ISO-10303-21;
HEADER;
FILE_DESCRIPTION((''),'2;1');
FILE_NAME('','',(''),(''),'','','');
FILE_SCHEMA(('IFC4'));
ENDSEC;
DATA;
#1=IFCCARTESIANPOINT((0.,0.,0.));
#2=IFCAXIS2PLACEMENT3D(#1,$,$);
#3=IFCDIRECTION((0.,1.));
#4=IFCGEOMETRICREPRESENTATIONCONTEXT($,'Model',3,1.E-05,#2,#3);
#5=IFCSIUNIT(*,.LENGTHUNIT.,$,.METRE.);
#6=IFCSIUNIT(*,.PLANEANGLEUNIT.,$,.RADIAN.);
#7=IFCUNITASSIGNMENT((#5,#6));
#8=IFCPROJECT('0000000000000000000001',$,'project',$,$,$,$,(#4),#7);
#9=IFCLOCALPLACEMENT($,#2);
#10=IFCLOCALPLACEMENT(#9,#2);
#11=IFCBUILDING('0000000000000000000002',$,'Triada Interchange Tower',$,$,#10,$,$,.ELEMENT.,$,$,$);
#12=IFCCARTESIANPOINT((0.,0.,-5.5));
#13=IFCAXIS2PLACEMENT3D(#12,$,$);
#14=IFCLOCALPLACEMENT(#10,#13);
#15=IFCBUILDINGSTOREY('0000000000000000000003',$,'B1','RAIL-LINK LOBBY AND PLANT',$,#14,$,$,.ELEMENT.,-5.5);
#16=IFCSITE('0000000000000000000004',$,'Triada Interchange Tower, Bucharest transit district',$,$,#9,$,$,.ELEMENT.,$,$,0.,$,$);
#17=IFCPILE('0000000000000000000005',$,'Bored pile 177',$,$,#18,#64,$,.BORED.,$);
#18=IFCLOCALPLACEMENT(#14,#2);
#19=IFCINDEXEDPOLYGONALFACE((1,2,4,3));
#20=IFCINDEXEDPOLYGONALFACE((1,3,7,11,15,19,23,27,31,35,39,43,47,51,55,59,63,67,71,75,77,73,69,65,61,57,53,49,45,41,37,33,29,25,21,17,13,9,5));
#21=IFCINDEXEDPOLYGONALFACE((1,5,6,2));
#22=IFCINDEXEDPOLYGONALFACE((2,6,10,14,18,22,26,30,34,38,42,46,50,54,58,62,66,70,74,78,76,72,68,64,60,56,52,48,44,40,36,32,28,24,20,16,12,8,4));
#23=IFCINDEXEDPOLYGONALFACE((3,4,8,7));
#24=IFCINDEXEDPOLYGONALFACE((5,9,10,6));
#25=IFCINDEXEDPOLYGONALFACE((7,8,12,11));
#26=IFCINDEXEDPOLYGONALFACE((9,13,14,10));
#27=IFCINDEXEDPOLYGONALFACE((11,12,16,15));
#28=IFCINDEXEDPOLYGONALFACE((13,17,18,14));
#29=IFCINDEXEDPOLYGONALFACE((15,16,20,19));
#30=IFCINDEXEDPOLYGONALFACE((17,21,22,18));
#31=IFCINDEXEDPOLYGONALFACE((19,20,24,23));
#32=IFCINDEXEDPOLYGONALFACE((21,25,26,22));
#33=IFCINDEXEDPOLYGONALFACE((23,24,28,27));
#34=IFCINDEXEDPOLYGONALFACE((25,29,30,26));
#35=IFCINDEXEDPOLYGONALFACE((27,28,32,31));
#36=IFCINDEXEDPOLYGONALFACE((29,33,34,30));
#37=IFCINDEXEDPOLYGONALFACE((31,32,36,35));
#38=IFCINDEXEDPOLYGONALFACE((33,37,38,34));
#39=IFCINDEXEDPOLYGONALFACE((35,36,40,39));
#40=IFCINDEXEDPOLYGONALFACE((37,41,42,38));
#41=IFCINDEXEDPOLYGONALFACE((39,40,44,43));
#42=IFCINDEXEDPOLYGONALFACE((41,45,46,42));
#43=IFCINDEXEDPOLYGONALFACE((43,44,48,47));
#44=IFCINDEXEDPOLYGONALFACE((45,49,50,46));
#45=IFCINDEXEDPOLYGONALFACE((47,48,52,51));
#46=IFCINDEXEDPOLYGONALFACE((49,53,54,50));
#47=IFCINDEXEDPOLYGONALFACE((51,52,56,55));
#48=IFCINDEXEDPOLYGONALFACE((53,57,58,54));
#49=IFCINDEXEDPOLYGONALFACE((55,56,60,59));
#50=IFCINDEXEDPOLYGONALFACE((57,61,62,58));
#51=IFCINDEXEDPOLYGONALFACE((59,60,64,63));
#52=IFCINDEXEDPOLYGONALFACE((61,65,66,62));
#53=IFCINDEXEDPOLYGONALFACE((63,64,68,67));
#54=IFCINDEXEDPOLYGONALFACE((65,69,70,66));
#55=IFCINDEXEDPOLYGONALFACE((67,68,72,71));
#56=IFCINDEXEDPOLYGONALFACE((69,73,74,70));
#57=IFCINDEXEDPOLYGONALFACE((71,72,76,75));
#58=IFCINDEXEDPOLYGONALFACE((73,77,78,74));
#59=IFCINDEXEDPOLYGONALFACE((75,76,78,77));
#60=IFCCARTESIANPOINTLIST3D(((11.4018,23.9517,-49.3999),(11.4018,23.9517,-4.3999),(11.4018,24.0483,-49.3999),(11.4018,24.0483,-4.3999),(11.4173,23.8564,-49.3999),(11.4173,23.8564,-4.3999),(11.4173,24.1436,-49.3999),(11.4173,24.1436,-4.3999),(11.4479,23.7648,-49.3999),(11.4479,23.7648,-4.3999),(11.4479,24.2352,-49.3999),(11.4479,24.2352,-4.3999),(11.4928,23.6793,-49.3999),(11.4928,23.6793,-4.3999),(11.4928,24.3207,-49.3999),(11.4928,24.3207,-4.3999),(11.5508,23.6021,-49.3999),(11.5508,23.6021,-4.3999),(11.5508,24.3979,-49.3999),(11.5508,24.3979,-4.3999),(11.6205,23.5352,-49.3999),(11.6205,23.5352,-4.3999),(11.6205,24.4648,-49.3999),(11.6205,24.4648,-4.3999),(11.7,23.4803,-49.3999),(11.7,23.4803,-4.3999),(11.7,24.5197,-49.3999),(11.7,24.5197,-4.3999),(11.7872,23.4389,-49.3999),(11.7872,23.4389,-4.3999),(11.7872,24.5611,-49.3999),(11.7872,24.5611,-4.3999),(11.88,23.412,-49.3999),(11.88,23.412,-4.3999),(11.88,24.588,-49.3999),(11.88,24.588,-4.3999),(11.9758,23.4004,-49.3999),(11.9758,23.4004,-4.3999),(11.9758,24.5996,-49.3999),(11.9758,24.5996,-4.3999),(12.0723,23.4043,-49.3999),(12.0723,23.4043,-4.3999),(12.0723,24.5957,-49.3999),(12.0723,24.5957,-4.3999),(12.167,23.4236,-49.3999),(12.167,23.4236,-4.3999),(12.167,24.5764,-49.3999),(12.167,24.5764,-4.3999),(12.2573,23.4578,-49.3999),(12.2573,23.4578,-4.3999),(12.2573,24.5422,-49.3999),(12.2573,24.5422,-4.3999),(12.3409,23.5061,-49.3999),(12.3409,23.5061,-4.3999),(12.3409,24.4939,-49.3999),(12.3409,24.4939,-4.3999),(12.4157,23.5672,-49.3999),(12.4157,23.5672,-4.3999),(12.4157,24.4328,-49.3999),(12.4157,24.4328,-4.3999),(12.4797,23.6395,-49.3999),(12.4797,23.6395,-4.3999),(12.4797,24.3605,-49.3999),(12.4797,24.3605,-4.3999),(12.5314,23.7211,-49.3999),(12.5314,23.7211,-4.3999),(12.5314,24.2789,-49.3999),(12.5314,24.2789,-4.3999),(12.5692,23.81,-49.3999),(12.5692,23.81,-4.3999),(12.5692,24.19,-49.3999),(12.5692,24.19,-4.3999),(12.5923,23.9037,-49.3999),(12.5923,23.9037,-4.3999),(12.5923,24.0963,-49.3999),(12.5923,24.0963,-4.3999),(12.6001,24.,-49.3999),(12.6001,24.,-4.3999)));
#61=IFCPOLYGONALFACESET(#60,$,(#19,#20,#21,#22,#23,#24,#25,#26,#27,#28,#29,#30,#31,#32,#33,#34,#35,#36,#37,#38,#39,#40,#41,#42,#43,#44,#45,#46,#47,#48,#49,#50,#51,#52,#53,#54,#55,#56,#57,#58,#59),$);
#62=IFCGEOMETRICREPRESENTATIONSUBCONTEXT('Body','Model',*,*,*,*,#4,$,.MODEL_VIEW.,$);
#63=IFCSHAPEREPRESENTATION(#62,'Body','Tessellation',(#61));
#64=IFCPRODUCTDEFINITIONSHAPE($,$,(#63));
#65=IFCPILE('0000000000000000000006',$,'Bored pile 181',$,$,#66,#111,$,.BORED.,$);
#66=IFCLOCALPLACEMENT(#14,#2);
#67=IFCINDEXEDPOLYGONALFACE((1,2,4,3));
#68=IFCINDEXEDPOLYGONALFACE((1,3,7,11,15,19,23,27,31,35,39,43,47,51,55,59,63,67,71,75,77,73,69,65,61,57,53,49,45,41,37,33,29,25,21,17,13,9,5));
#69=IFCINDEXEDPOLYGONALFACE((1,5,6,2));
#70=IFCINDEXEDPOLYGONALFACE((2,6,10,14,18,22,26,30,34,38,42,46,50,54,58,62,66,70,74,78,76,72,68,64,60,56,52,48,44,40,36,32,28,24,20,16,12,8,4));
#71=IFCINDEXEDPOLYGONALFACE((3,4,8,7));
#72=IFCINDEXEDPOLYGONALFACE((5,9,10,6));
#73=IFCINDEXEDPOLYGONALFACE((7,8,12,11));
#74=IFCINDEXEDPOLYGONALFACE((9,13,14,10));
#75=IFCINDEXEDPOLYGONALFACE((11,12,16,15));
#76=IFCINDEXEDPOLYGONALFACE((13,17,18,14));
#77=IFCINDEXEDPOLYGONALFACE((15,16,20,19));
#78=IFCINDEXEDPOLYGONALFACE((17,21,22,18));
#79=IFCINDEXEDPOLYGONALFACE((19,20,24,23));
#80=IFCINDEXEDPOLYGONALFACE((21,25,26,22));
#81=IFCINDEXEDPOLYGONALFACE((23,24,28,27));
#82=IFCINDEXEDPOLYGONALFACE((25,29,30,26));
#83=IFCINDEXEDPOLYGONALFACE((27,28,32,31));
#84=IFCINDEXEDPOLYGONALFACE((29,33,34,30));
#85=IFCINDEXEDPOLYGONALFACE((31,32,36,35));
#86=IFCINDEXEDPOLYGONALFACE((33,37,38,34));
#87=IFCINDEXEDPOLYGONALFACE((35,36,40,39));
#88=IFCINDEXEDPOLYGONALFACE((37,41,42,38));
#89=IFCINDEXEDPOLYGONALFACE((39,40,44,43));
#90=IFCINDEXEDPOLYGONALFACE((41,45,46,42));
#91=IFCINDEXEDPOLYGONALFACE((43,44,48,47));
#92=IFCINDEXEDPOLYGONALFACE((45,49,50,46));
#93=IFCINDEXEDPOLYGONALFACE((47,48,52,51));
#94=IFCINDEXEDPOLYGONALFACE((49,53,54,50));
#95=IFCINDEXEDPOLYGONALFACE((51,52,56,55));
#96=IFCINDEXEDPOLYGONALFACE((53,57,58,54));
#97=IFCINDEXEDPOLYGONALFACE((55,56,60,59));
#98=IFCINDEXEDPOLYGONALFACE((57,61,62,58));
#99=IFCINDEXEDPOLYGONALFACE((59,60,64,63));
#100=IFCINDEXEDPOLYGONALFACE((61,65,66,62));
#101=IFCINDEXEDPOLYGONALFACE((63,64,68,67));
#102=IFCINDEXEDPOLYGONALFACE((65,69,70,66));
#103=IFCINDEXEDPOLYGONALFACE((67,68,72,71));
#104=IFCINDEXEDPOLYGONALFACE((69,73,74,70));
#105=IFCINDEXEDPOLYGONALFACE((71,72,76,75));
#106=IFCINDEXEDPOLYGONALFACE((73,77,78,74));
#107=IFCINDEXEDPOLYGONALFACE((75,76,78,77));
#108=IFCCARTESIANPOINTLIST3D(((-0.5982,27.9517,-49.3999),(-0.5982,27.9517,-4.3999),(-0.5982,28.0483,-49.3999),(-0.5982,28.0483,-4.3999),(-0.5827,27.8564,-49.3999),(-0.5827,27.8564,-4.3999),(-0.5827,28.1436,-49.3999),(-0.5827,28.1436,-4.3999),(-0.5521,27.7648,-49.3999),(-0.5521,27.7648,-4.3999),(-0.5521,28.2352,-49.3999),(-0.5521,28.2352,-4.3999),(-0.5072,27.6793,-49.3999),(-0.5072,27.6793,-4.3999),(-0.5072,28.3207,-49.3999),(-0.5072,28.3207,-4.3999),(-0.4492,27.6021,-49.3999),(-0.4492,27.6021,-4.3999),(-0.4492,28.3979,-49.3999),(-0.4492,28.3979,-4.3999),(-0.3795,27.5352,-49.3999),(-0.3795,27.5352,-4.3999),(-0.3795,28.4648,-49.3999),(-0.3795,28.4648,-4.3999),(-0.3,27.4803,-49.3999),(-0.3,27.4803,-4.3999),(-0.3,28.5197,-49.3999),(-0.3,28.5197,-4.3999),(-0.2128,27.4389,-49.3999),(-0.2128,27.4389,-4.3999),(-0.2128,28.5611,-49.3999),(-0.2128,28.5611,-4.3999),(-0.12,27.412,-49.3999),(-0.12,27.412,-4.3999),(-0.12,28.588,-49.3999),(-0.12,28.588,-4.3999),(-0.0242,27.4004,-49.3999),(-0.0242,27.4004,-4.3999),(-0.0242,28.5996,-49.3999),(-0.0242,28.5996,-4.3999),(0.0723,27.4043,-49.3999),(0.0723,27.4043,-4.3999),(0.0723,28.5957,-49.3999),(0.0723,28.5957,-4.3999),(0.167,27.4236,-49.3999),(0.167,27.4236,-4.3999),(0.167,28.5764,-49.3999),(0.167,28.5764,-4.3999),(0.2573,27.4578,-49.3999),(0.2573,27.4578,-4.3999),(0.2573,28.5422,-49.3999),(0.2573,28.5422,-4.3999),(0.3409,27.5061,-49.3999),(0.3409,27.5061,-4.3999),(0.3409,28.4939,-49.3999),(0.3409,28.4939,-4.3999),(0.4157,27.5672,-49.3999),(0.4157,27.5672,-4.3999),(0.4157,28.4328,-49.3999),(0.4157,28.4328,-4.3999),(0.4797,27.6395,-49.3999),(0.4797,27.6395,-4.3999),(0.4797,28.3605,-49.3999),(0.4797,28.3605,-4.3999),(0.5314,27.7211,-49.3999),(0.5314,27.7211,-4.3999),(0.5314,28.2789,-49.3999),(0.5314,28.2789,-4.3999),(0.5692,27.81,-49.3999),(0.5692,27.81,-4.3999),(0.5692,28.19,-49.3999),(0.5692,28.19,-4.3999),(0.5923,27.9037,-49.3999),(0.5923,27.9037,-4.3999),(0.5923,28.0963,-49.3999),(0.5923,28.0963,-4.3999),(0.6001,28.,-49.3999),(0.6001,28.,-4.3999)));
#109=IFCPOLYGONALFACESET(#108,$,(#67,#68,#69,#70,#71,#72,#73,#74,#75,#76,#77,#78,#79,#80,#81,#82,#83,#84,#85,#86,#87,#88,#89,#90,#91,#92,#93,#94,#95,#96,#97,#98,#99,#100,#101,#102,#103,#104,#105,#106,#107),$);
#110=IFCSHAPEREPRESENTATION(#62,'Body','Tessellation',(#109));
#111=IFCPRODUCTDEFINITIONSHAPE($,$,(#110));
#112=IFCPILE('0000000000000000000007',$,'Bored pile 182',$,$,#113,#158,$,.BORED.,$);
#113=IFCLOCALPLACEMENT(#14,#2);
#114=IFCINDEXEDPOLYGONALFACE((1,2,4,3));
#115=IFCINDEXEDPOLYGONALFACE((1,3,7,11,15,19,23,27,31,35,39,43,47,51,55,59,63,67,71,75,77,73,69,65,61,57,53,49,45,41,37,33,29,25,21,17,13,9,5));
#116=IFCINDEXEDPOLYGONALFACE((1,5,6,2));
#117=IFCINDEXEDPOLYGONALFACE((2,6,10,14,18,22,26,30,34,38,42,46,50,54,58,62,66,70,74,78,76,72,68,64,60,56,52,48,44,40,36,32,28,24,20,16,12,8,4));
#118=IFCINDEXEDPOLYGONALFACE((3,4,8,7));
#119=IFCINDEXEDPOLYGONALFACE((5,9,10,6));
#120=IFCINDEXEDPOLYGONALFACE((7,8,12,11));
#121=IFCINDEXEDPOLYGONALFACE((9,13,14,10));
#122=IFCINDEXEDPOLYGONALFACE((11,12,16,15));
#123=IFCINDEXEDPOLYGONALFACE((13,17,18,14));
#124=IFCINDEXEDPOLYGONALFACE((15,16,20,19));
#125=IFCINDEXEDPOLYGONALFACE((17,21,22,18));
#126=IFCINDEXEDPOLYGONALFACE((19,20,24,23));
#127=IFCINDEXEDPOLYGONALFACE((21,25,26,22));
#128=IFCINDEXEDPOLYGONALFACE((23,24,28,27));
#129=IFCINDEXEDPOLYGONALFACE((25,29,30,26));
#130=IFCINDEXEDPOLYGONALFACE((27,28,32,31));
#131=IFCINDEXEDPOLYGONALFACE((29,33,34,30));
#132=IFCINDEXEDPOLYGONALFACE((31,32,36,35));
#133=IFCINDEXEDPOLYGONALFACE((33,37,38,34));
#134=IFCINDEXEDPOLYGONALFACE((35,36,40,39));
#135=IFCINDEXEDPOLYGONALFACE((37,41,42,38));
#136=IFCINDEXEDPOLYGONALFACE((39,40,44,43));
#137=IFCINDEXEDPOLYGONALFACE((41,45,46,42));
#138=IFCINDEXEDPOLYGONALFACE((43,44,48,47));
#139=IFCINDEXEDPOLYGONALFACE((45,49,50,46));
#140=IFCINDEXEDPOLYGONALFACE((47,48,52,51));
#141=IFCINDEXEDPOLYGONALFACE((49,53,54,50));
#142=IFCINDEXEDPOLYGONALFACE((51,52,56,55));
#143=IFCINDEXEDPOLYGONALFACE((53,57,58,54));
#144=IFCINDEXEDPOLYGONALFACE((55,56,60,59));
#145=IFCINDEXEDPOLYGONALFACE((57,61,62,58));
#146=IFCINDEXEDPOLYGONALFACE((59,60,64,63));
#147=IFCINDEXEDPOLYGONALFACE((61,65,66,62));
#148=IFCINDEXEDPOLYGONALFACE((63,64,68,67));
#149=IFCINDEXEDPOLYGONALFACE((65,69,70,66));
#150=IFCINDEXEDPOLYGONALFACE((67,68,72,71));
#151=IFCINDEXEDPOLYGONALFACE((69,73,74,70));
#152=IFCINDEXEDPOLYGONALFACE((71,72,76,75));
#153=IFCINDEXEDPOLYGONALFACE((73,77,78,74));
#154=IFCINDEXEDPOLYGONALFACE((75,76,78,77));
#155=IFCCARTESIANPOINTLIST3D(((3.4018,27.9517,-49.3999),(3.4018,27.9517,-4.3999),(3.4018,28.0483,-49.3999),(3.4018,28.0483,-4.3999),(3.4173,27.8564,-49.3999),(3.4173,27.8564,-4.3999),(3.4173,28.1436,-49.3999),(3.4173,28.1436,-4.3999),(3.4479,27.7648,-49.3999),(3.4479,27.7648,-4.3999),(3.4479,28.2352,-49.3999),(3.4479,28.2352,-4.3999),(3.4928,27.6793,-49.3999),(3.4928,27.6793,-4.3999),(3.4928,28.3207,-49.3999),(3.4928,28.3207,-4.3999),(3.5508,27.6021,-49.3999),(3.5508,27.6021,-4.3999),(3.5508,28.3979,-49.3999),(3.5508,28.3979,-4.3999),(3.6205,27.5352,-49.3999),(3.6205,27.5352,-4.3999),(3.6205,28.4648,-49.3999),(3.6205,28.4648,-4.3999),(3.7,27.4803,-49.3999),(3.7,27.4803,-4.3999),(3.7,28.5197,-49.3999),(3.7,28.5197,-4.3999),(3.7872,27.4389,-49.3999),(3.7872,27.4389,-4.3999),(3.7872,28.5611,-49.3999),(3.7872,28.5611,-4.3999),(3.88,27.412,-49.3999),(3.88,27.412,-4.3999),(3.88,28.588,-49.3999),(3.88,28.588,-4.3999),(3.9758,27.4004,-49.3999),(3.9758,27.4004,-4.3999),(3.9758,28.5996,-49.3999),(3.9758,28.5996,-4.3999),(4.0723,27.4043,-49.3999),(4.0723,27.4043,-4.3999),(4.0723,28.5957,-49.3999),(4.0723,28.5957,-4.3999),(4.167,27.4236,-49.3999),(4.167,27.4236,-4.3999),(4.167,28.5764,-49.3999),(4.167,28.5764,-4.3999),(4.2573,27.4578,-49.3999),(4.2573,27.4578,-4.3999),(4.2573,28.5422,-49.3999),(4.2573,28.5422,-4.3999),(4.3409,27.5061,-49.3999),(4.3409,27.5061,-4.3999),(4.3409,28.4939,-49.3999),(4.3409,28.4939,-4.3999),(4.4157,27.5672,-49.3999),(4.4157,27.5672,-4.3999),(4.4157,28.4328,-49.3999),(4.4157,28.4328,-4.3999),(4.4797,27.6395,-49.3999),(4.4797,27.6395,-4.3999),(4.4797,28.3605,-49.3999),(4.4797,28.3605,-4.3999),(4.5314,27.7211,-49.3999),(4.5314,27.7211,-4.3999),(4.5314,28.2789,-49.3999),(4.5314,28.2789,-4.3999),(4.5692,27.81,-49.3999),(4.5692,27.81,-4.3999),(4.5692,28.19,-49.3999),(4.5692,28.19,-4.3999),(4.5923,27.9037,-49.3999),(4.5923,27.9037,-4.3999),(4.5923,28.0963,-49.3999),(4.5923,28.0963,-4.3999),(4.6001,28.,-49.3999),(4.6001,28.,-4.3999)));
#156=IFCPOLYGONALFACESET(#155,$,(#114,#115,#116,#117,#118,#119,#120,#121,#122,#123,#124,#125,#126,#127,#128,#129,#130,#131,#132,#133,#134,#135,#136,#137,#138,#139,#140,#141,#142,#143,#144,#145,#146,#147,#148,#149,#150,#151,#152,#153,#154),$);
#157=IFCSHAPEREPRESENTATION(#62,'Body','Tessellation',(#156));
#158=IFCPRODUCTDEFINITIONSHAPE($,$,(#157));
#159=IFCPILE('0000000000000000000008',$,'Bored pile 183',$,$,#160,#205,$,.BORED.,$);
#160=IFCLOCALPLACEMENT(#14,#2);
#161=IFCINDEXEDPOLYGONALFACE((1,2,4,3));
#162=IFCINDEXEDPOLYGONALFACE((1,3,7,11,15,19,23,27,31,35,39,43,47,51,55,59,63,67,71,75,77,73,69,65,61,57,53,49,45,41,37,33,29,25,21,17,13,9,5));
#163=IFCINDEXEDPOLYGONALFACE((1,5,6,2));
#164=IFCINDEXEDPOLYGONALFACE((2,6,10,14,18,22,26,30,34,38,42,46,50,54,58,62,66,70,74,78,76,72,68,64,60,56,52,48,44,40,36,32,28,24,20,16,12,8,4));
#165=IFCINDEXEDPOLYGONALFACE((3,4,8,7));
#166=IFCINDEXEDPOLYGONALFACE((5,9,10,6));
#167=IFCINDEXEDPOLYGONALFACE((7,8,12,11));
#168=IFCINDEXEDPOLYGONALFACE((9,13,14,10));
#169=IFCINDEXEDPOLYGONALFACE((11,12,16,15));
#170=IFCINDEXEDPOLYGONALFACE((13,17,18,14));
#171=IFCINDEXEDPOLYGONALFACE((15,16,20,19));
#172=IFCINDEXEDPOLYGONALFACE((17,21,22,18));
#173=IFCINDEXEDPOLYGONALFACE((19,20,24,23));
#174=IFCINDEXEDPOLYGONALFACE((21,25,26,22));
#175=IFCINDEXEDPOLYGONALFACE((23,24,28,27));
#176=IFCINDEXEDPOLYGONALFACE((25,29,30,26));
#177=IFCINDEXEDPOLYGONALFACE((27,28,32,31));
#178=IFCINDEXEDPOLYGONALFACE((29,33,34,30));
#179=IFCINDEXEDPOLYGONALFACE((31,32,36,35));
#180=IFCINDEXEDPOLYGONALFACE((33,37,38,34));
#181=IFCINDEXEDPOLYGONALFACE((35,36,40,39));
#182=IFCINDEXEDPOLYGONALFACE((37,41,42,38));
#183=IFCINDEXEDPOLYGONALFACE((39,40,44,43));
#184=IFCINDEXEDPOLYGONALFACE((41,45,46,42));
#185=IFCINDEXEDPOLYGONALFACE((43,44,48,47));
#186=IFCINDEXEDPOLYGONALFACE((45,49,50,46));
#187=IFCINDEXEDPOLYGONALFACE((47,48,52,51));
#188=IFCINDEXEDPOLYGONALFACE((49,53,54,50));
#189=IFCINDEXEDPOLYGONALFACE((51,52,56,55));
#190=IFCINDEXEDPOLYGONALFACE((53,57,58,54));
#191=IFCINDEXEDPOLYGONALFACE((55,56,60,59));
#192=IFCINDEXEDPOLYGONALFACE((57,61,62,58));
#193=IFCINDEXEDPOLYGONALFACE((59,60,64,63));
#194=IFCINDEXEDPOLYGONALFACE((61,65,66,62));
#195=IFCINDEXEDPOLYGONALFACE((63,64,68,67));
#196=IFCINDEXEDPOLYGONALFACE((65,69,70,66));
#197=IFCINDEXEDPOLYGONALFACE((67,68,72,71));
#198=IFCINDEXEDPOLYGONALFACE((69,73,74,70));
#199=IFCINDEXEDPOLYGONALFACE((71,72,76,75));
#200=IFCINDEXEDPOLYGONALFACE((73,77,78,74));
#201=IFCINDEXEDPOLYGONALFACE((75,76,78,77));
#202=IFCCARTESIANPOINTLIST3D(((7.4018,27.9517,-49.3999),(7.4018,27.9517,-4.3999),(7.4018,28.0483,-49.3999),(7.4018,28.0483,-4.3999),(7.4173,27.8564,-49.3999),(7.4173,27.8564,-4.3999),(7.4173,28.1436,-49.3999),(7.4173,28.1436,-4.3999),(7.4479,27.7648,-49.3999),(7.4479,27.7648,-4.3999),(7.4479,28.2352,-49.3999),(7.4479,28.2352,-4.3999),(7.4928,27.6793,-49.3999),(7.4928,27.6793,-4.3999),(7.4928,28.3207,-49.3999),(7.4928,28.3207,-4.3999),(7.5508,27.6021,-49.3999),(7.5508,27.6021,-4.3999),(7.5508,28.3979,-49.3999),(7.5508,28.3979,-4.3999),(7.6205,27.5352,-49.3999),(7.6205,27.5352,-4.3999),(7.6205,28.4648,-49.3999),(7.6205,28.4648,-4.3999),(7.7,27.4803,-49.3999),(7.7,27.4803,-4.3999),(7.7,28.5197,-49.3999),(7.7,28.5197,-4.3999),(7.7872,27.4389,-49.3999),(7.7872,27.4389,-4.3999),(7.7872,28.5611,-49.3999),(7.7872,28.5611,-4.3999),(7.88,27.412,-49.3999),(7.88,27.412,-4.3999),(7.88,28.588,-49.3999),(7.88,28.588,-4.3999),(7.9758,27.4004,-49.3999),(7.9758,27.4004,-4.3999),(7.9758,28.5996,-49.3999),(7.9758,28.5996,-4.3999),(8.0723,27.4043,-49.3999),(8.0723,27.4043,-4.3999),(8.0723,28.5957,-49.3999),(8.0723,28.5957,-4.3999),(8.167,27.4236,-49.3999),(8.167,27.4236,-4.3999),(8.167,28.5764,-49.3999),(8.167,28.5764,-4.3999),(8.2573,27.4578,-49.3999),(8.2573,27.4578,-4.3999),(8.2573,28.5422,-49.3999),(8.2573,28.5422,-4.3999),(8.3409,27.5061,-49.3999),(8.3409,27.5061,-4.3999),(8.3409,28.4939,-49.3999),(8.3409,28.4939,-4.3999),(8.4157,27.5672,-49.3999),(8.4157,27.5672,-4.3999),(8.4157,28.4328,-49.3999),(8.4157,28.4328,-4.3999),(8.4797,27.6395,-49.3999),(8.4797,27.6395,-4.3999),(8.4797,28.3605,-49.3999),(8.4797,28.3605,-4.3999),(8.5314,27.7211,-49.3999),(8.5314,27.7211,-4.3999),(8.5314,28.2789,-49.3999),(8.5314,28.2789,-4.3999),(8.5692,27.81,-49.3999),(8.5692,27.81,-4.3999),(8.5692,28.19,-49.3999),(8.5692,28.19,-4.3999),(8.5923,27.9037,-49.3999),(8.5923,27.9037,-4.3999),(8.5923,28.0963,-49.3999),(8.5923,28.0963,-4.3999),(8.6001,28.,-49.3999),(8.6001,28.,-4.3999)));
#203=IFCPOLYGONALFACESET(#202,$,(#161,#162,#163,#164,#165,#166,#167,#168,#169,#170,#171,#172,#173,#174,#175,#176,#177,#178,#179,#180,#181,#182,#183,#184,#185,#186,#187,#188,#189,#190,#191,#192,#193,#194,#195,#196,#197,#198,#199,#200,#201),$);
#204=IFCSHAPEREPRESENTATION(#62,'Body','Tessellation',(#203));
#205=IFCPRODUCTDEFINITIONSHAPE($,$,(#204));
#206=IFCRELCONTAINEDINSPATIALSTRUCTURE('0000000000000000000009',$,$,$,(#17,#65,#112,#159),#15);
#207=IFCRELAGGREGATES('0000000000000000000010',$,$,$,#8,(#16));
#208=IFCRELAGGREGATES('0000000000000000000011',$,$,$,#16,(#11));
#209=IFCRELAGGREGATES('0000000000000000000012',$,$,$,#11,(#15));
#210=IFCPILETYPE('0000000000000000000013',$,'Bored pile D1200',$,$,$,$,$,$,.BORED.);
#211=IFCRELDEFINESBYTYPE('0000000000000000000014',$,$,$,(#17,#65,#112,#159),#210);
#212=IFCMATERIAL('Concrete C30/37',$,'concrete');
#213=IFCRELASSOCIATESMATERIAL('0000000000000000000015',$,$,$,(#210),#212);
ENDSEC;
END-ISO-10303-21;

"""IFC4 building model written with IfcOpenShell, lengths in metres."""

from ifc_helpers import new_model, si_unit, direction, frame, origin, origin_2d, place, context, subcontext, project, spatial, circle, extrude, material, material_profile, profile_set, type_object, element, save


model = new_model("IFC4")

# Units and contexts
model_context = context("Model", 3, precision=1e-05, world=origin(), true_north=direction((0.0, 1.0)))
body_context = subcontext(model_context, "Body", "Model", "MODEL_VIEW")
ifc_project = project(units=[si_unit("LENGTHUNIT", "METRE"), si_unit("PLANEANGLEUNIT", "RADIAN")], contexts=[model_context])

# Site, building, storey
site_placement = place(None, origin())
site = spatial("IfcSite", under=ifc_project, at=site_placement, Name="Triada Interchange Tower, Bucharest transit district", CompositionType="ELEMENT", RefElevation=0.0)
building_placement = place(site_placement, origin())
building = spatial("IfcBuilding", under=site, at=building_placement, Name="Triada Interchange Tower", CompositionType="ELEMENT")
storey_placement = place(building_placement, frame((0.0, 0.0, -5.5)))
storey = spatial("IfcBuildingStorey", under=building, at=storey_placement, Name="B1", Description="RAIL-LINK LOBBY AND PLANT", CompositionType="ELEMENT", Elevation=-5.5)

# Piles
ifc_material_1 = material(Name="Concrete C30/37", Category="concrete")
ifc_material_profile_1 = material_profile(ifc_material_1, circle(Radius=0.6001, at=origin_2d()), Name="RC D1200")
ifc_profile_set_1 = profile_set([ifc_material_profile_1], Name="Concrete C30/37")
pile_type = type_object("IfcPileType", Name="Bored pile D1200", PredefinedType="BORED", material=ifc_profile_set_1)
for number, where, z_axis, x_axis, name in (
    (1, (12.0, 24.0, -4.3999), (0.0, 0.0, -1.0), (1.0, 0.0, 0.0), "Bored pile 177"),
    (2, (0.0, 28.0, -4.3999), (0.0, 0.0, -1.0), (1.0, 0.0, 0.0), "Bored pile 181"),
    (3, (4.0, 28.0, -4.3999), (0.0, 0.0, -1.0), (1.0, 0.0, 0.0), "Bored pile 182"),
    (4, (8.0, 28.0, -4.3999), (0.0, 0.0, -1.0), (1.0, 0.0, 0.0), "Bored pile 183"),
):
    element("IfcPile", number, at=place(storey_placement, frame(where, z_axis=z_axis, x_axis=x_axis)), inside=storey, type_object=pile_type, Name=name, PredefinedType="BORED", context=body_context, shape_type="SweptSolid", body=[
        extrude(circle(Radius=0.6001, at=origin_2d()), origin(), (0.0, 0.0, 1.0), 45.0),
    ])

save(model, "model.ifc")
